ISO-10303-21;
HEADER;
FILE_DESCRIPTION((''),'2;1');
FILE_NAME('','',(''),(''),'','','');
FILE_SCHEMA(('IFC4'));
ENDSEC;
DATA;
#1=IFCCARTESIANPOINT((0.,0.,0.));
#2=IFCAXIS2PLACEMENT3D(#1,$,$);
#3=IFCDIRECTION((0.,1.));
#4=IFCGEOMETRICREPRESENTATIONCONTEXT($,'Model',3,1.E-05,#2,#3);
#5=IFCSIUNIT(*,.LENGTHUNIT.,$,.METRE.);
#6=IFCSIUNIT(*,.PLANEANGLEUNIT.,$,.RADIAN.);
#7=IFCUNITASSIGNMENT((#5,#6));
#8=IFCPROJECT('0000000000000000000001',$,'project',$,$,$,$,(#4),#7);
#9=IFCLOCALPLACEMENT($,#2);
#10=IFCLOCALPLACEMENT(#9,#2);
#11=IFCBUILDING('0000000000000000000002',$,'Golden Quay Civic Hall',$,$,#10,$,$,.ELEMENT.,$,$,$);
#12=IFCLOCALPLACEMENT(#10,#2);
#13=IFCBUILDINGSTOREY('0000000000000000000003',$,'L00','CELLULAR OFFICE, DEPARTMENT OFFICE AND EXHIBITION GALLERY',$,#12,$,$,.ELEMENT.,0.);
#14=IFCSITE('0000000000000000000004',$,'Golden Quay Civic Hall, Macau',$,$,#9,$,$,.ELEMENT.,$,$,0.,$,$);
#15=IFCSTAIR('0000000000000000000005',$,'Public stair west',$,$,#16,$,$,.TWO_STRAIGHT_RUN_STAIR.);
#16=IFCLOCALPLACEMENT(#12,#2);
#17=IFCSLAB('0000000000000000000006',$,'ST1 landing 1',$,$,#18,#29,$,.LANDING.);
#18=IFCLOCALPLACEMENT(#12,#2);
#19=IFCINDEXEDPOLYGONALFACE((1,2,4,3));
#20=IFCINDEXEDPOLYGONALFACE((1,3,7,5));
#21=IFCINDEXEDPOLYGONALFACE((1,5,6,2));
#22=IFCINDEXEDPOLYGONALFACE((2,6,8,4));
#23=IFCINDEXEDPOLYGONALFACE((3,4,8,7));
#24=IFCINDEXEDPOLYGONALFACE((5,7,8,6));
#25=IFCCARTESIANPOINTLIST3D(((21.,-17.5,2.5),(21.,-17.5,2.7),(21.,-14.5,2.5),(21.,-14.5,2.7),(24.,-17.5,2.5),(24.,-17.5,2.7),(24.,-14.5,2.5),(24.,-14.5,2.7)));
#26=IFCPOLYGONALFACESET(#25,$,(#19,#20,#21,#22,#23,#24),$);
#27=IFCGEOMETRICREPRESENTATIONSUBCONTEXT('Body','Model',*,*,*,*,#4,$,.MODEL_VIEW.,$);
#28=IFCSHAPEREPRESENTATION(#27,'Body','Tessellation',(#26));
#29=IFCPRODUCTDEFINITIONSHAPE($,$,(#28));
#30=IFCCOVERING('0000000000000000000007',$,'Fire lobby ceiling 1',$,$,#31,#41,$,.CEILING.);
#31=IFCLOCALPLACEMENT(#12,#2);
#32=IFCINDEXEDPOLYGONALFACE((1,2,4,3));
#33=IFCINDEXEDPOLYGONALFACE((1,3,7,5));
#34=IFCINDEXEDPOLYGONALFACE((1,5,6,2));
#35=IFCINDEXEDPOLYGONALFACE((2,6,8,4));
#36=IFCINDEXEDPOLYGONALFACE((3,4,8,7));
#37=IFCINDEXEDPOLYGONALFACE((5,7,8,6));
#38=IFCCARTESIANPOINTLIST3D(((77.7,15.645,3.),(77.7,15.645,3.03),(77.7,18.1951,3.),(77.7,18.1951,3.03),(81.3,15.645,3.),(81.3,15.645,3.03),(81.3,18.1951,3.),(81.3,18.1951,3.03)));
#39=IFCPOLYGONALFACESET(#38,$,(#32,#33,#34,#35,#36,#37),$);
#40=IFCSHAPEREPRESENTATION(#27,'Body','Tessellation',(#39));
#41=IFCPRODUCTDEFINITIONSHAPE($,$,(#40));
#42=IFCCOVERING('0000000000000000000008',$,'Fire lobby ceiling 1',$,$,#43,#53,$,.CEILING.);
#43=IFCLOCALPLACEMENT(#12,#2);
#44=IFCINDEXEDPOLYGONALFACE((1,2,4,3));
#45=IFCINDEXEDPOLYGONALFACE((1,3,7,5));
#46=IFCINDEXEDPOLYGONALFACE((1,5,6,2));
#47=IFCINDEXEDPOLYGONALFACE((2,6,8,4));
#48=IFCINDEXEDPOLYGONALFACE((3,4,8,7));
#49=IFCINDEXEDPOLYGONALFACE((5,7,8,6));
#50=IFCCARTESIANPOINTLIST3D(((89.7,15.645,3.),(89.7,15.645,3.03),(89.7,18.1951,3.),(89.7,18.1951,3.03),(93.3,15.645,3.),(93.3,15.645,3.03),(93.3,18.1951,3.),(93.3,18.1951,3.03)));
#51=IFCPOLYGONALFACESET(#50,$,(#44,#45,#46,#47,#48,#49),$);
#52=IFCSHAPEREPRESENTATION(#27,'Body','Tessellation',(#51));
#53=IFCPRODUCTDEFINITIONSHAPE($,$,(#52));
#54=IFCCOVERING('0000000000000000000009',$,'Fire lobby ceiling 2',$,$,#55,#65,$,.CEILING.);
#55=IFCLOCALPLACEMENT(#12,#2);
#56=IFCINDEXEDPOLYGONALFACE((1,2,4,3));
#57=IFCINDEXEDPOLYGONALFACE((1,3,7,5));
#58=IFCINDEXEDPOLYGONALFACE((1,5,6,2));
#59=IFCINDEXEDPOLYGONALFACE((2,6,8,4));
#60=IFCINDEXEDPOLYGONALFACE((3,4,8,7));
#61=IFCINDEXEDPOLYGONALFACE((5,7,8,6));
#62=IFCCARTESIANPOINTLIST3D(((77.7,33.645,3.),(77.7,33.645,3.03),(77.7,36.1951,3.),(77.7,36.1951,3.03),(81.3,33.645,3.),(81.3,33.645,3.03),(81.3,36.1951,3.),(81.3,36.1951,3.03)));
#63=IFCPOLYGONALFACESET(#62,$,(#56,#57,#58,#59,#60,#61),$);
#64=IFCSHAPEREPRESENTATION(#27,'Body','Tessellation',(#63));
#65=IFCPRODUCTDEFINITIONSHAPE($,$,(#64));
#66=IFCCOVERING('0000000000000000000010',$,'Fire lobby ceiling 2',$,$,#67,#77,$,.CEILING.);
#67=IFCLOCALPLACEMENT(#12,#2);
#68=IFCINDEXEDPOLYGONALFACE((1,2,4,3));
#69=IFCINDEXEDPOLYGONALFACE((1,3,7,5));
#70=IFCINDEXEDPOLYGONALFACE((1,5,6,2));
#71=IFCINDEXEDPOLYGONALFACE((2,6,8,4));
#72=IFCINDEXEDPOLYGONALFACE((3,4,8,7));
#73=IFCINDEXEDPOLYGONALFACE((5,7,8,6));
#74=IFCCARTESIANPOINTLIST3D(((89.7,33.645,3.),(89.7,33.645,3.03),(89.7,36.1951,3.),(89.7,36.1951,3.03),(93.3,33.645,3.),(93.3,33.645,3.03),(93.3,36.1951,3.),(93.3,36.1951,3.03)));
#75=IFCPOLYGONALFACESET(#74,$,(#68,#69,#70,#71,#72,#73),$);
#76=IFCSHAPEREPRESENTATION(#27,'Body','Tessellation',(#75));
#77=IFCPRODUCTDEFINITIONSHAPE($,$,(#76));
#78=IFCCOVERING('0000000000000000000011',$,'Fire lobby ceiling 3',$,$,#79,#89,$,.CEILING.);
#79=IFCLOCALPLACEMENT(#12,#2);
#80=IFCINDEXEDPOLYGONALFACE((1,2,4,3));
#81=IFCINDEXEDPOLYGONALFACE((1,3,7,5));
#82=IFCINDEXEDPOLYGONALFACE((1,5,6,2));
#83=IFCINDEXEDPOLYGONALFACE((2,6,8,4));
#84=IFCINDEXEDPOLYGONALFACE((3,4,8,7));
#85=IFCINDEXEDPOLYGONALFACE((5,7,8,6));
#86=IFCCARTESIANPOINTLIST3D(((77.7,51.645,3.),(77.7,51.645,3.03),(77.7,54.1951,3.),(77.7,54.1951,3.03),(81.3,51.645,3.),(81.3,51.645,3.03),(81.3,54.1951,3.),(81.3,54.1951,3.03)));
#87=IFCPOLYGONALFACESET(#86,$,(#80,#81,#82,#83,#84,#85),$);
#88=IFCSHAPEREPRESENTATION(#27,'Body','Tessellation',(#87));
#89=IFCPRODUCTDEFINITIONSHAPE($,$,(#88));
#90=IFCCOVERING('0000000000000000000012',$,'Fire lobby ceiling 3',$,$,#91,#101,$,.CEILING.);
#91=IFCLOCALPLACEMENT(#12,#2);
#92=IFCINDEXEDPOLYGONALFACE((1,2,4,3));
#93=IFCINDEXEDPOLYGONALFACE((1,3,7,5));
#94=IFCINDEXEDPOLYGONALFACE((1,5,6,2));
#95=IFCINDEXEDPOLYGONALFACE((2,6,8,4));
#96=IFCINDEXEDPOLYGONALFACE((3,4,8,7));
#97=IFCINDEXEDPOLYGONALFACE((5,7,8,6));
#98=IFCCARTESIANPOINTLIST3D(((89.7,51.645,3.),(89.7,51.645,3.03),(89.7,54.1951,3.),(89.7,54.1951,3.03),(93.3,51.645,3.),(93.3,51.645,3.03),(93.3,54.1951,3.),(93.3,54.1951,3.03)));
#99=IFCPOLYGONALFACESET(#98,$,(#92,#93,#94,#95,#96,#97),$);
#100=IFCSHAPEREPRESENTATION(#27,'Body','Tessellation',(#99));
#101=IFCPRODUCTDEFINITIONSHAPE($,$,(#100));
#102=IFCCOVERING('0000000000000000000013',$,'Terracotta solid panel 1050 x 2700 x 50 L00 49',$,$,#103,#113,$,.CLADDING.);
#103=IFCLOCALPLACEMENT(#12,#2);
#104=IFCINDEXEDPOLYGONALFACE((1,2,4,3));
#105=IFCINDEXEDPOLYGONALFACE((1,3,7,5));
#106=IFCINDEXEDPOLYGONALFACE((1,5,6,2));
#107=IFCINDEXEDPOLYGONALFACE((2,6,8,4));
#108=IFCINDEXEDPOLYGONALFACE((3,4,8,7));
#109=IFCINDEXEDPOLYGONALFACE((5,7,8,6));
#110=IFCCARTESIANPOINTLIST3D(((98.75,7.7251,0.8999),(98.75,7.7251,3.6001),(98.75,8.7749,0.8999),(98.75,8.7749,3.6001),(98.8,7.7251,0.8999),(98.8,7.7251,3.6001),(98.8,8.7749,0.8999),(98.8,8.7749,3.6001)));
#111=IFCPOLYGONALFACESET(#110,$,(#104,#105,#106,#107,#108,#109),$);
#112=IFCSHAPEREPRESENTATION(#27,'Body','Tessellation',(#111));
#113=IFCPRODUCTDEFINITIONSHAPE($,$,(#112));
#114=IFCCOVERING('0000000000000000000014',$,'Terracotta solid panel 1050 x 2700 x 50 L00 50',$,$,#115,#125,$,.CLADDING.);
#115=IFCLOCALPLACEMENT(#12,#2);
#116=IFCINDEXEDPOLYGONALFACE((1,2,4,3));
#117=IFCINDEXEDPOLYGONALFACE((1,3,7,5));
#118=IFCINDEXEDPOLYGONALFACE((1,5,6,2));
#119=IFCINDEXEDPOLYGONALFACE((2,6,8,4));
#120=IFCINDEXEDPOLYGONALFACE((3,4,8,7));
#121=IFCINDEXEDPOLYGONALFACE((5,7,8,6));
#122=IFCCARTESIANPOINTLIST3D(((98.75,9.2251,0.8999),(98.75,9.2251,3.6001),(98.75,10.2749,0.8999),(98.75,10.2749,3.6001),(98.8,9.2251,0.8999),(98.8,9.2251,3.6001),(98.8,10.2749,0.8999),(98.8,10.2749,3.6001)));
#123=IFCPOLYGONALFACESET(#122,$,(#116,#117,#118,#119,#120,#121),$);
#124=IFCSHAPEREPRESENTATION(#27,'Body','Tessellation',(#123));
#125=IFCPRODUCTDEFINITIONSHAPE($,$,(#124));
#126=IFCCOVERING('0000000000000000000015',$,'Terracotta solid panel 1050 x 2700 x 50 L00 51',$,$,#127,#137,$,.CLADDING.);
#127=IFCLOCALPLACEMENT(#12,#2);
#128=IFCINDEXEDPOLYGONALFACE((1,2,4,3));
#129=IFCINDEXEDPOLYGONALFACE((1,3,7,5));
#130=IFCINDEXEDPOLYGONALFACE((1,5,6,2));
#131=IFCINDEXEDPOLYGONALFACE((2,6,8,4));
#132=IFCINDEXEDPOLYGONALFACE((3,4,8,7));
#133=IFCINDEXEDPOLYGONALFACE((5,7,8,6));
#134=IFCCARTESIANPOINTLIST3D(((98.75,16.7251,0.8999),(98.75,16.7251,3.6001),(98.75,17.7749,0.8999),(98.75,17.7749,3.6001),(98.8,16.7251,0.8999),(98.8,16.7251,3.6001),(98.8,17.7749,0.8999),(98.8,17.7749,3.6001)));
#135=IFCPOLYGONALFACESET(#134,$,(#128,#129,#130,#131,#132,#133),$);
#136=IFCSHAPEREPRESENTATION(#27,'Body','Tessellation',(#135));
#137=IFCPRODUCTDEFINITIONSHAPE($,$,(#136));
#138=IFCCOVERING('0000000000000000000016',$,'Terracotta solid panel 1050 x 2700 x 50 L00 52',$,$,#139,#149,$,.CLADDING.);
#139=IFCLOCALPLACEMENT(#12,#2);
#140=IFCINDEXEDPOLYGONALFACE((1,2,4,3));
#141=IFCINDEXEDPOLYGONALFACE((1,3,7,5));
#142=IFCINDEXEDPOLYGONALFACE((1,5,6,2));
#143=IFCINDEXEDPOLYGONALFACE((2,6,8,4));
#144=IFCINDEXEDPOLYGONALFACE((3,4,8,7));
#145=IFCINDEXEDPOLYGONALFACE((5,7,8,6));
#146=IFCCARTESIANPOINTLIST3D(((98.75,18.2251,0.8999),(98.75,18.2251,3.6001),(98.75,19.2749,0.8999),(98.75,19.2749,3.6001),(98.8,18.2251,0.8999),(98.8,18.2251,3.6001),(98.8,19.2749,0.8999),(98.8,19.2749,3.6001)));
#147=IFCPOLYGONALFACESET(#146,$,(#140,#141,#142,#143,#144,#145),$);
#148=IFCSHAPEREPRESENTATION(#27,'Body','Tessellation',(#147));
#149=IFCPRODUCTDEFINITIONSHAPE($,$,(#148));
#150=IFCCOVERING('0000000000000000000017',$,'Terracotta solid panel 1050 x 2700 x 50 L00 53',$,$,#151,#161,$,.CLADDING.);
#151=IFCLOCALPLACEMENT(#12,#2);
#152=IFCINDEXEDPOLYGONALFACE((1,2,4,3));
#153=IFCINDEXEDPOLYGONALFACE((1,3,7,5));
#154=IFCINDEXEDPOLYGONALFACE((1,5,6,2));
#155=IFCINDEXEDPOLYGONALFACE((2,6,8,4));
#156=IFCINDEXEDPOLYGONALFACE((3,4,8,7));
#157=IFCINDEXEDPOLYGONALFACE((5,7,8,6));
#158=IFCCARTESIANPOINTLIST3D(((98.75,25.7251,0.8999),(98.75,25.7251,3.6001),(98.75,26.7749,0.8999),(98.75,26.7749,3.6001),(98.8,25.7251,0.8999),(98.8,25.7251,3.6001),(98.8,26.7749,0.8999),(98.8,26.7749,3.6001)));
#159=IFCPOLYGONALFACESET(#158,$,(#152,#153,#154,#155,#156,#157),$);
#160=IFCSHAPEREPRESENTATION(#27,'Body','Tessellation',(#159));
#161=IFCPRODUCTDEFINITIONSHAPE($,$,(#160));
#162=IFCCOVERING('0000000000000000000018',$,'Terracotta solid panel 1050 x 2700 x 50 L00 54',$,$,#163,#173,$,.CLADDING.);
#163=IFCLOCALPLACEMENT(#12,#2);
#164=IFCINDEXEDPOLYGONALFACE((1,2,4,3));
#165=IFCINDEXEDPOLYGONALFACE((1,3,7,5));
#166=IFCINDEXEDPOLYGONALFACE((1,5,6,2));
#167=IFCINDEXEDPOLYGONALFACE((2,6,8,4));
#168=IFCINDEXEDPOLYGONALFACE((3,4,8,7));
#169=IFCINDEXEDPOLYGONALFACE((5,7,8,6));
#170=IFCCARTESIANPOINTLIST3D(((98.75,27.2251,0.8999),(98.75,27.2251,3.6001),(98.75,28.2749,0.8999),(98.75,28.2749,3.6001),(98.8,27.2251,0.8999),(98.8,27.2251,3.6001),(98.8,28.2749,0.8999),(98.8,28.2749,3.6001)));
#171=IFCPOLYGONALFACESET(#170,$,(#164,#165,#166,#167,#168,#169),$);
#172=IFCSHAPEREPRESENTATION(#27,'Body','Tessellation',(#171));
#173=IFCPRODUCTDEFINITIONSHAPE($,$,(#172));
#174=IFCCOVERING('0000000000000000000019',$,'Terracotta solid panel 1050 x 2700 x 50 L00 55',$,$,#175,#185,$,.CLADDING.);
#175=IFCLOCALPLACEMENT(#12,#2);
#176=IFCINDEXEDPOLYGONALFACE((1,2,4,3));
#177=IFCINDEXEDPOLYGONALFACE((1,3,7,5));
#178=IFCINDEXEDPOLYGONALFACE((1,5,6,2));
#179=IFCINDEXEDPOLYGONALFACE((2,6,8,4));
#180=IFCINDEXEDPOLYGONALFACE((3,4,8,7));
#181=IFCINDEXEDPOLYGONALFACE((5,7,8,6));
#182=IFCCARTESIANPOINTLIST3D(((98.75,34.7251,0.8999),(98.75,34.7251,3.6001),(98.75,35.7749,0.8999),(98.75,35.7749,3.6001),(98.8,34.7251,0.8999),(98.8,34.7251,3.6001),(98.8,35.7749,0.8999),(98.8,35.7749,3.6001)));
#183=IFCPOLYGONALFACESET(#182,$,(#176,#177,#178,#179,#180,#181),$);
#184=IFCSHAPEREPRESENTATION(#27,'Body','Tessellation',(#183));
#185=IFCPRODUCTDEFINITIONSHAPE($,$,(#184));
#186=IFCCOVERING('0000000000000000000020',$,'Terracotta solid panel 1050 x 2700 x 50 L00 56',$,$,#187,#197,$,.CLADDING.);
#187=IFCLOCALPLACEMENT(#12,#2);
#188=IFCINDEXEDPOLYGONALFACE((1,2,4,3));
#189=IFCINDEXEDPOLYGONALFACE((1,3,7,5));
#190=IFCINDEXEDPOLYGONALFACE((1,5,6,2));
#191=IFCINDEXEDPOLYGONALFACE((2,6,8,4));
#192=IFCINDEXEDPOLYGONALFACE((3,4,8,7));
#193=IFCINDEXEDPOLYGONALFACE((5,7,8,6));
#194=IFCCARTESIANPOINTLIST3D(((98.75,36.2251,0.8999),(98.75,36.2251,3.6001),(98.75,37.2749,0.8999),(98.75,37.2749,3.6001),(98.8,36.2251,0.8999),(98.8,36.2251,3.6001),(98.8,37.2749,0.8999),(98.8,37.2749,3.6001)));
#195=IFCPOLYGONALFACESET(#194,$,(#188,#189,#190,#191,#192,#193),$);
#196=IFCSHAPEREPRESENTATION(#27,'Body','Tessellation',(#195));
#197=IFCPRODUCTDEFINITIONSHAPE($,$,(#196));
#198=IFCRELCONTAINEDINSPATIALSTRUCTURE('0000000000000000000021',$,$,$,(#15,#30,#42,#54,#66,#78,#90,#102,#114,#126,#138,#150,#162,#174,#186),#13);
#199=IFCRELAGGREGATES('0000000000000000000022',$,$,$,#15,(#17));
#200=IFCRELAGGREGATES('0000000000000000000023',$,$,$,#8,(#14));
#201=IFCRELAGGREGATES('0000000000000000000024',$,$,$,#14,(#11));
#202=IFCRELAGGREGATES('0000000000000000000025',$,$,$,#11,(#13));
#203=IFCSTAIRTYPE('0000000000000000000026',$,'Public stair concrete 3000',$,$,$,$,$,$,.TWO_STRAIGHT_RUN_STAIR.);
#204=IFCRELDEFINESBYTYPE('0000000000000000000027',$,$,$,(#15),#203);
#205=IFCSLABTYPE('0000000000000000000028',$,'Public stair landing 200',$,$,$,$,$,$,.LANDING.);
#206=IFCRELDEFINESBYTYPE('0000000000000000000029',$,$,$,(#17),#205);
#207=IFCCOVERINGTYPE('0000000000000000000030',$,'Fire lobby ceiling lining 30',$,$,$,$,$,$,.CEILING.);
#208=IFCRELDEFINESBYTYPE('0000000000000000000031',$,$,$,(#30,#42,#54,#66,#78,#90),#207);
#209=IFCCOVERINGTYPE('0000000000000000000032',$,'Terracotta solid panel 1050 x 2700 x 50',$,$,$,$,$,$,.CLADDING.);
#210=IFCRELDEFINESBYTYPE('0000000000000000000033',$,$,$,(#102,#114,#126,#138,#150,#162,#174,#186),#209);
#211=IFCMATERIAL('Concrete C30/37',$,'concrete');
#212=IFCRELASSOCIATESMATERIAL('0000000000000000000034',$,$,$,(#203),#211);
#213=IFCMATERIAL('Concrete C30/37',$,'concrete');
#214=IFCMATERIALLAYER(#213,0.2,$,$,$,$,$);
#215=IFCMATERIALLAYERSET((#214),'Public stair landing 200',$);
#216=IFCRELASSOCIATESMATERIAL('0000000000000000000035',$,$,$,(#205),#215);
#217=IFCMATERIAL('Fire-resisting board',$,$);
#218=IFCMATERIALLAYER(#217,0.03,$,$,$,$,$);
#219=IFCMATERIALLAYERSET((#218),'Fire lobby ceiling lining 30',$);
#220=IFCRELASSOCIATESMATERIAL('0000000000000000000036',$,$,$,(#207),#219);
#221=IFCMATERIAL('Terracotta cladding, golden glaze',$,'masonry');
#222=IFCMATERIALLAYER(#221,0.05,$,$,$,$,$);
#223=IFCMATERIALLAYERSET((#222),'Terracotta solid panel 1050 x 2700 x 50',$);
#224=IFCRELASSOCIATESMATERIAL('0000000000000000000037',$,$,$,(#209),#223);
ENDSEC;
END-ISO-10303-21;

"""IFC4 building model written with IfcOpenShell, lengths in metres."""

from ifc_helpers import new_model, si_unit, direction, frame, origin, place, context, subcontext, project, spatial, polyline, outline, extrude, material, layer, layer_set, type_object, element, aggregate, save


model = new_model("IFC4")

# Units and contexts
model_context = context("Model", 3, precision=1e-05, world=origin(), true_north=direction((0.0, 1.0)))
body_context = subcontext(model_context, "Body", "Model", "MODEL_VIEW")
ifc_project = project(units=[si_unit("LENGTHUNIT", "METRE"), si_unit("PLANEANGLEUNIT", "RADIAN")], contexts=[model_context])

# Site, building, storey
site_placement = place(None, origin())
site = spatial("IfcSite", under=ifc_project, at=site_placement, Name="Golden Quay Civic Hall, Macau", CompositionType="ELEMENT", RefElevation=0.0)
building_placement = place(site_placement, origin())
building = spatial("IfcBuilding", under=site, at=building_placement, Name="Golden Quay Civic Hall", CompositionType="ELEMENT")
storey_placement = place(building_placement, origin())
storey = spatial("IfcBuildingStorey", under=building, at=storey_placement, Name="L00", Description="CELLULAR OFFICE, DEPARTMENT OFFICE AND EXHIBITION GALLERY", CompositionType="ELEMENT", Elevation=0.0)

# Stair, slab
ifc_material_1 = material(Name="Concrete C30/37", Category="concrete")
stair_type = type_object("IfcStairType", Name="Public stair concrete 3000", PredefinedType="TWO_STRAIGHT_RUN_STAIR", material=ifc_material_1)
stair_placement = place(storey_placement, origin())
stair = element("IfcStair", 1, at=stair_placement, inside=storey, type_object=stair_type, Name="Public stair west", PredefinedType="TWO_STRAIGHT_RUN_STAIR")
ifc_material_2 = material(Name="Concrete C30/37", Category="concrete")
ifc_layer_1 = layer(ifc_material_2, 0.2)
ifc_layer_set_1 = layer_set([ifc_layer_1], Name="Public stair landing 200")
slab_type = type_object("IfcSlabType", Name="Public stair landing 200", PredefinedType="LANDING", material=ifc_layer_set_1)
slab_placement = place(storey_placement, frame((0.0, 0.0, 2.5)))
slab = element("IfcSlab", 2, at=slab_placement, type_object=slab_type, Name="ST1 landing 1", PredefinedType="LANDING", context=body_context, shape_type="SweptSolid", body=[
    extrude(outline(polyline([(21.0, -17.5), (24.0, -17.5), (24.0, -14.5), (21.0, -14.5), (21.0, -17.5)])), origin(), (0.0, 0.0, 1.0), 0.2),
])
aggregate(stair, [slab])

# Coverings
ifc_material_3 = material(Name="Fire-resisting board")
ifc_layer_2 = layer(ifc_material_3, 0.03)
ifc_layer_set_2 = layer_set([ifc_layer_2], Name="Fire lobby ceiling lining 30")
covering_type_1 = type_object("IfcCoveringType", Name="Fire lobby ceiling lining 30", PredefinedType="CEILING", material=ifc_layer_set_2)
covering_1_placement = place(storey_placement, frame((0.0, 0.0, 3.0)))
element("IfcCovering", 3, at=covering_1_placement, inside=storey, type_object=covering_type_1, Name="Fire lobby ceiling 1", PredefinedType="CEILING", context=body_context, shape_type="SweptSolid", body=[
    extrude(outline(polyline([(81.3, 15.645), (81.3, 18.1951), (77.7, 18.1951), (77.7, 15.645), (81.3, 15.645)])), origin(), (0.0, 0.0, 1.0), 0.03),
])
covering_2_placement = place(storey_placement, frame((0.0, 0.0, 3.0)))
element("IfcCovering", 4, at=covering_2_placement, inside=storey, type_object=covering_type_1, Name="Fire lobby ceiling 1", PredefinedType="CEILING", context=body_context, shape_type="SweptSolid", body=[
    extrude(outline(polyline([(93.3, 15.645), (93.3, 18.1951), (89.7, 18.1951), (89.7, 15.645), (93.3, 15.645)])), origin(), (0.0, 0.0, 1.0), 0.03),
])
covering_3_placement = place(storey_placement, frame((0.0, 0.0, 3.0)))
element("IfcCovering", 5, at=covering_3_placement, inside=storey, type_object=covering_type_1, Name="Fire lobby ceiling 2", PredefinedType="CEILING", context=body_context, shape_type="SweptSolid", body=[
    extrude(outline(polyline([(81.3, 33.645), (81.3, 36.1951), (77.7, 36.1951), (77.7, 33.645), (81.3, 33.645)])), origin(), (0.0, 0.0, 1.0), 0.03),
])
covering_4_placement = place(storey_placement, frame((0.0, 0.0, 3.0)))
element("IfcCovering", 6, at=covering_4_placement, inside=storey, type_object=covering_type_1, Name="Fire lobby ceiling 2", PredefinedType="CEILING", context=body_context, shape_type="SweptSolid", body=[
    extrude(outline(polyline([(93.3, 33.645), (93.3, 36.1951), (89.7, 36.1951), (89.7, 33.645), (93.3, 33.645)])), origin(), (0.0, 0.0, 1.0), 0.03),
])
covering_5_placement = place(storey_placement, frame((0.0, 0.0, 3.0)))
element("IfcCovering", 7, at=covering_5_placement, inside=storey, type_object=covering_type_1, Name="Fire lobby ceiling 3", PredefinedType="CEILING", context=body_context, shape_type="SweptSolid", body=[
    extrude(outline(polyline([(81.3, 51.645), (81.3, 54.1951), (77.7, 54.1951), (77.7, 51.645), (81.3, 51.645)])), origin(), (0.0, 0.0, 1.0), 0.03),
])
covering_6_placement = place(storey_placement, frame((0.0, 0.0, 3.0)))
element("IfcCovering", 8, at=covering_6_placement, inside=storey, type_object=covering_type_1, Name="Fire lobby ceiling 3", PredefinedType="CEILING", context=body_context, shape_type="SweptSolid", body=[
    extrude(outline(polyline([(93.3, 51.645), (93.3, 54.1951), (89.7, 54.1951), (89.7, 51.645), (93.3, 51.645)])), origin(), (0.0, 0.0, 1.0), 0.03),
])
ifc_material_4 = material(Name="Terracotta cladding, golden glaze", Category="masonry")
ifc_layer_3 = layer(ifc_material_4, 0.05)
ifc_layer_set_3 = layer_set([ifc_layer_3], Name="Terracotta solid panel 1050 x 2700 x 50")
covering_type_2 = type_object("IfcCoveringType", Name="Terracotta solid panel 1050 x 2700 x 50", PredefinedType="CLADDING", material=ifc_layer_set_3)
covering_7_placement = place(storey_placement, frame((0.0, 0.0, 0.8999)))
element("IfcCovering", 9, at=covering_7_placement, inside=storey, type_object=covering_type_2, Name="Terracotta solid panel 1050 x 2700 x 50 L00 49", PredefinedType="CLADDING", context=body_context, shape_type="SweptSolid", body=[
    extrude(outline(polyline([(98.8, 7.7251), (98.8, 8.7749), (98.75, 8.7749), (98.75, 7.7251), (98.8, 7.7251)])), origin(), (0.0, 0.0, 1.0), 2.7002),
])
covering_8_placement = place(storey_placement, frame((0.0, 0.0, 0.8999)))
element("IfcCovering", 10, at=covering_8_placement, inside=storey, type_object=covering_type_2, Name="Terracotta solid panel 1050 x 2700 x 50 L00 50", PredefinedType="CLADDING", context=body_context, shape_type="SweptSolid", body=[
    extrude(outline(polyline([(98.8, 9.2251), (98.8, 10.2749), (98.75, 10.2749), (98.75, 9.2251), (98.8, 9.2251)])), origin(), (0.0, 0.0, 1.0), 2.7002),
])
covering_9_placement = place(storey_placement, frame((0.0, 0.0, 0.8999)))
element("IfcCovering", 11, at=covering_9_placement, inside=storey, type_object=covering_type_2, Name="Terracotta solid panel 1050 x 2700 x 50 L00 51", PredefinedType="CLADDING", context=body_context, shape_type="SweptSolid", body=[
    extrude(outline(polyline([(98.8, 16.7251), (98.8, 17.7749), (98.75, 17.7749), (98.75, 16.7251), (98.8, 16.7251)])), origin(), (0.0, 0.0, 1.0), 2.7002),
])
covering_10_placement = place(storey_placement, frame((0.0, 0.0, 0.8999)))
element("IfcCovering", 12, at=covering_10_placement, inside=storey, type_object=covering_type_2, Name="Terracotta solid panel 1050 x 2700 x 50 L00 52", PredefinedType="CLADDING", context=body_context, shape_type="SweptSolid", body=[
    extrude(outline(polyline([(98.8, 18.2251), (98.8, 19.2749), (98.75, 19.2749), (98.75, 18.2251), (98.8, 18.2251)])), origin(), (0.0, 0.0, 1.0), 2.7002),
])
covering_11_placement = place(storey_placement, frame((0.0, 0.0, 0.8999)))
element("IfcCovering", 13, at=covering_11_placement, inside=storey, type_object=covering_type_2, Name="Terracotta solid panel 1050 x 2700 x 50 L00 53", PredefinedType="CLADDING", context=body_context, shape_type="SweptSolid", body=[
    extrude(outline(polyline([(98.8, 25.7251), (98.8, 26.7749), (98.75, 26.7749), (98.75, 25.7251), (98.8, 25.7251)])), origin(), (0.0, 0.0, 1.0), 2.7002),
])
covering_12_placement = place(storey_placement, frame((0.0, 0.0, 0.8999)))
element("IfcCovering", 14, at=covering_12_placement, inside=storey, type_object=covering_type_2, Name="Terracotta solid panel 1050 x 2700 x 50 L00 54", PredefinedType="CLADDING", context=body_context, shape_type="SweptSolid", body=[
    extrude(outline(polyline([(98.8, 27.2251), (98.8, 28.2749), (98.75, 28.2749), (98.75, 27.2251), (98.8, 27.2251)])), origin(), (0.0, 0.0, 1.0), 2.7002),
])
covering_13_placement = place(storey_placement, frame((0.0, 0.0, 0.8999)))
element("IfcCovering", 15, at=covering_13_placement, inside=storey, type_object=covering_type_2, Name="Terracotta solid panel 1050 x 2700 x 50 L00 55", PredefinedType="CLADDING", context=body_context, shape_type="SweptSolid", body=[
    extrude(outline(polyline([(98.8, 34.7251), (98.8, 35.7749), (98.75, 35.7749), (98.75, 34.7251), (98.8, 34.7251)])), origin(), (0.0, 0.0, 1.0), 2.7002),
])
covering_14_placement = place(storey_placement, frame((0.0, 0.0, 0.8999)))
element("IfcCovering", 16, at=covering_14_placement, inside=storey, type_object=covering_type_2, Name="Terracotta solid panel 1050 x 2700 x 50 L00 56", PredefinedType="CLADDING", context=body_context, shape_type="SweptSolid", body=[
    extrude(outline(polyline([(98.8, 36.2251), (98.8, 37.2749), (98.75, 37.2749), (98.75, 36.2251), (98.8, 36.2251)])), origin(), (0.0, 0.0, 1.0), 2.7002),
])

save(model, "model.ifc")
